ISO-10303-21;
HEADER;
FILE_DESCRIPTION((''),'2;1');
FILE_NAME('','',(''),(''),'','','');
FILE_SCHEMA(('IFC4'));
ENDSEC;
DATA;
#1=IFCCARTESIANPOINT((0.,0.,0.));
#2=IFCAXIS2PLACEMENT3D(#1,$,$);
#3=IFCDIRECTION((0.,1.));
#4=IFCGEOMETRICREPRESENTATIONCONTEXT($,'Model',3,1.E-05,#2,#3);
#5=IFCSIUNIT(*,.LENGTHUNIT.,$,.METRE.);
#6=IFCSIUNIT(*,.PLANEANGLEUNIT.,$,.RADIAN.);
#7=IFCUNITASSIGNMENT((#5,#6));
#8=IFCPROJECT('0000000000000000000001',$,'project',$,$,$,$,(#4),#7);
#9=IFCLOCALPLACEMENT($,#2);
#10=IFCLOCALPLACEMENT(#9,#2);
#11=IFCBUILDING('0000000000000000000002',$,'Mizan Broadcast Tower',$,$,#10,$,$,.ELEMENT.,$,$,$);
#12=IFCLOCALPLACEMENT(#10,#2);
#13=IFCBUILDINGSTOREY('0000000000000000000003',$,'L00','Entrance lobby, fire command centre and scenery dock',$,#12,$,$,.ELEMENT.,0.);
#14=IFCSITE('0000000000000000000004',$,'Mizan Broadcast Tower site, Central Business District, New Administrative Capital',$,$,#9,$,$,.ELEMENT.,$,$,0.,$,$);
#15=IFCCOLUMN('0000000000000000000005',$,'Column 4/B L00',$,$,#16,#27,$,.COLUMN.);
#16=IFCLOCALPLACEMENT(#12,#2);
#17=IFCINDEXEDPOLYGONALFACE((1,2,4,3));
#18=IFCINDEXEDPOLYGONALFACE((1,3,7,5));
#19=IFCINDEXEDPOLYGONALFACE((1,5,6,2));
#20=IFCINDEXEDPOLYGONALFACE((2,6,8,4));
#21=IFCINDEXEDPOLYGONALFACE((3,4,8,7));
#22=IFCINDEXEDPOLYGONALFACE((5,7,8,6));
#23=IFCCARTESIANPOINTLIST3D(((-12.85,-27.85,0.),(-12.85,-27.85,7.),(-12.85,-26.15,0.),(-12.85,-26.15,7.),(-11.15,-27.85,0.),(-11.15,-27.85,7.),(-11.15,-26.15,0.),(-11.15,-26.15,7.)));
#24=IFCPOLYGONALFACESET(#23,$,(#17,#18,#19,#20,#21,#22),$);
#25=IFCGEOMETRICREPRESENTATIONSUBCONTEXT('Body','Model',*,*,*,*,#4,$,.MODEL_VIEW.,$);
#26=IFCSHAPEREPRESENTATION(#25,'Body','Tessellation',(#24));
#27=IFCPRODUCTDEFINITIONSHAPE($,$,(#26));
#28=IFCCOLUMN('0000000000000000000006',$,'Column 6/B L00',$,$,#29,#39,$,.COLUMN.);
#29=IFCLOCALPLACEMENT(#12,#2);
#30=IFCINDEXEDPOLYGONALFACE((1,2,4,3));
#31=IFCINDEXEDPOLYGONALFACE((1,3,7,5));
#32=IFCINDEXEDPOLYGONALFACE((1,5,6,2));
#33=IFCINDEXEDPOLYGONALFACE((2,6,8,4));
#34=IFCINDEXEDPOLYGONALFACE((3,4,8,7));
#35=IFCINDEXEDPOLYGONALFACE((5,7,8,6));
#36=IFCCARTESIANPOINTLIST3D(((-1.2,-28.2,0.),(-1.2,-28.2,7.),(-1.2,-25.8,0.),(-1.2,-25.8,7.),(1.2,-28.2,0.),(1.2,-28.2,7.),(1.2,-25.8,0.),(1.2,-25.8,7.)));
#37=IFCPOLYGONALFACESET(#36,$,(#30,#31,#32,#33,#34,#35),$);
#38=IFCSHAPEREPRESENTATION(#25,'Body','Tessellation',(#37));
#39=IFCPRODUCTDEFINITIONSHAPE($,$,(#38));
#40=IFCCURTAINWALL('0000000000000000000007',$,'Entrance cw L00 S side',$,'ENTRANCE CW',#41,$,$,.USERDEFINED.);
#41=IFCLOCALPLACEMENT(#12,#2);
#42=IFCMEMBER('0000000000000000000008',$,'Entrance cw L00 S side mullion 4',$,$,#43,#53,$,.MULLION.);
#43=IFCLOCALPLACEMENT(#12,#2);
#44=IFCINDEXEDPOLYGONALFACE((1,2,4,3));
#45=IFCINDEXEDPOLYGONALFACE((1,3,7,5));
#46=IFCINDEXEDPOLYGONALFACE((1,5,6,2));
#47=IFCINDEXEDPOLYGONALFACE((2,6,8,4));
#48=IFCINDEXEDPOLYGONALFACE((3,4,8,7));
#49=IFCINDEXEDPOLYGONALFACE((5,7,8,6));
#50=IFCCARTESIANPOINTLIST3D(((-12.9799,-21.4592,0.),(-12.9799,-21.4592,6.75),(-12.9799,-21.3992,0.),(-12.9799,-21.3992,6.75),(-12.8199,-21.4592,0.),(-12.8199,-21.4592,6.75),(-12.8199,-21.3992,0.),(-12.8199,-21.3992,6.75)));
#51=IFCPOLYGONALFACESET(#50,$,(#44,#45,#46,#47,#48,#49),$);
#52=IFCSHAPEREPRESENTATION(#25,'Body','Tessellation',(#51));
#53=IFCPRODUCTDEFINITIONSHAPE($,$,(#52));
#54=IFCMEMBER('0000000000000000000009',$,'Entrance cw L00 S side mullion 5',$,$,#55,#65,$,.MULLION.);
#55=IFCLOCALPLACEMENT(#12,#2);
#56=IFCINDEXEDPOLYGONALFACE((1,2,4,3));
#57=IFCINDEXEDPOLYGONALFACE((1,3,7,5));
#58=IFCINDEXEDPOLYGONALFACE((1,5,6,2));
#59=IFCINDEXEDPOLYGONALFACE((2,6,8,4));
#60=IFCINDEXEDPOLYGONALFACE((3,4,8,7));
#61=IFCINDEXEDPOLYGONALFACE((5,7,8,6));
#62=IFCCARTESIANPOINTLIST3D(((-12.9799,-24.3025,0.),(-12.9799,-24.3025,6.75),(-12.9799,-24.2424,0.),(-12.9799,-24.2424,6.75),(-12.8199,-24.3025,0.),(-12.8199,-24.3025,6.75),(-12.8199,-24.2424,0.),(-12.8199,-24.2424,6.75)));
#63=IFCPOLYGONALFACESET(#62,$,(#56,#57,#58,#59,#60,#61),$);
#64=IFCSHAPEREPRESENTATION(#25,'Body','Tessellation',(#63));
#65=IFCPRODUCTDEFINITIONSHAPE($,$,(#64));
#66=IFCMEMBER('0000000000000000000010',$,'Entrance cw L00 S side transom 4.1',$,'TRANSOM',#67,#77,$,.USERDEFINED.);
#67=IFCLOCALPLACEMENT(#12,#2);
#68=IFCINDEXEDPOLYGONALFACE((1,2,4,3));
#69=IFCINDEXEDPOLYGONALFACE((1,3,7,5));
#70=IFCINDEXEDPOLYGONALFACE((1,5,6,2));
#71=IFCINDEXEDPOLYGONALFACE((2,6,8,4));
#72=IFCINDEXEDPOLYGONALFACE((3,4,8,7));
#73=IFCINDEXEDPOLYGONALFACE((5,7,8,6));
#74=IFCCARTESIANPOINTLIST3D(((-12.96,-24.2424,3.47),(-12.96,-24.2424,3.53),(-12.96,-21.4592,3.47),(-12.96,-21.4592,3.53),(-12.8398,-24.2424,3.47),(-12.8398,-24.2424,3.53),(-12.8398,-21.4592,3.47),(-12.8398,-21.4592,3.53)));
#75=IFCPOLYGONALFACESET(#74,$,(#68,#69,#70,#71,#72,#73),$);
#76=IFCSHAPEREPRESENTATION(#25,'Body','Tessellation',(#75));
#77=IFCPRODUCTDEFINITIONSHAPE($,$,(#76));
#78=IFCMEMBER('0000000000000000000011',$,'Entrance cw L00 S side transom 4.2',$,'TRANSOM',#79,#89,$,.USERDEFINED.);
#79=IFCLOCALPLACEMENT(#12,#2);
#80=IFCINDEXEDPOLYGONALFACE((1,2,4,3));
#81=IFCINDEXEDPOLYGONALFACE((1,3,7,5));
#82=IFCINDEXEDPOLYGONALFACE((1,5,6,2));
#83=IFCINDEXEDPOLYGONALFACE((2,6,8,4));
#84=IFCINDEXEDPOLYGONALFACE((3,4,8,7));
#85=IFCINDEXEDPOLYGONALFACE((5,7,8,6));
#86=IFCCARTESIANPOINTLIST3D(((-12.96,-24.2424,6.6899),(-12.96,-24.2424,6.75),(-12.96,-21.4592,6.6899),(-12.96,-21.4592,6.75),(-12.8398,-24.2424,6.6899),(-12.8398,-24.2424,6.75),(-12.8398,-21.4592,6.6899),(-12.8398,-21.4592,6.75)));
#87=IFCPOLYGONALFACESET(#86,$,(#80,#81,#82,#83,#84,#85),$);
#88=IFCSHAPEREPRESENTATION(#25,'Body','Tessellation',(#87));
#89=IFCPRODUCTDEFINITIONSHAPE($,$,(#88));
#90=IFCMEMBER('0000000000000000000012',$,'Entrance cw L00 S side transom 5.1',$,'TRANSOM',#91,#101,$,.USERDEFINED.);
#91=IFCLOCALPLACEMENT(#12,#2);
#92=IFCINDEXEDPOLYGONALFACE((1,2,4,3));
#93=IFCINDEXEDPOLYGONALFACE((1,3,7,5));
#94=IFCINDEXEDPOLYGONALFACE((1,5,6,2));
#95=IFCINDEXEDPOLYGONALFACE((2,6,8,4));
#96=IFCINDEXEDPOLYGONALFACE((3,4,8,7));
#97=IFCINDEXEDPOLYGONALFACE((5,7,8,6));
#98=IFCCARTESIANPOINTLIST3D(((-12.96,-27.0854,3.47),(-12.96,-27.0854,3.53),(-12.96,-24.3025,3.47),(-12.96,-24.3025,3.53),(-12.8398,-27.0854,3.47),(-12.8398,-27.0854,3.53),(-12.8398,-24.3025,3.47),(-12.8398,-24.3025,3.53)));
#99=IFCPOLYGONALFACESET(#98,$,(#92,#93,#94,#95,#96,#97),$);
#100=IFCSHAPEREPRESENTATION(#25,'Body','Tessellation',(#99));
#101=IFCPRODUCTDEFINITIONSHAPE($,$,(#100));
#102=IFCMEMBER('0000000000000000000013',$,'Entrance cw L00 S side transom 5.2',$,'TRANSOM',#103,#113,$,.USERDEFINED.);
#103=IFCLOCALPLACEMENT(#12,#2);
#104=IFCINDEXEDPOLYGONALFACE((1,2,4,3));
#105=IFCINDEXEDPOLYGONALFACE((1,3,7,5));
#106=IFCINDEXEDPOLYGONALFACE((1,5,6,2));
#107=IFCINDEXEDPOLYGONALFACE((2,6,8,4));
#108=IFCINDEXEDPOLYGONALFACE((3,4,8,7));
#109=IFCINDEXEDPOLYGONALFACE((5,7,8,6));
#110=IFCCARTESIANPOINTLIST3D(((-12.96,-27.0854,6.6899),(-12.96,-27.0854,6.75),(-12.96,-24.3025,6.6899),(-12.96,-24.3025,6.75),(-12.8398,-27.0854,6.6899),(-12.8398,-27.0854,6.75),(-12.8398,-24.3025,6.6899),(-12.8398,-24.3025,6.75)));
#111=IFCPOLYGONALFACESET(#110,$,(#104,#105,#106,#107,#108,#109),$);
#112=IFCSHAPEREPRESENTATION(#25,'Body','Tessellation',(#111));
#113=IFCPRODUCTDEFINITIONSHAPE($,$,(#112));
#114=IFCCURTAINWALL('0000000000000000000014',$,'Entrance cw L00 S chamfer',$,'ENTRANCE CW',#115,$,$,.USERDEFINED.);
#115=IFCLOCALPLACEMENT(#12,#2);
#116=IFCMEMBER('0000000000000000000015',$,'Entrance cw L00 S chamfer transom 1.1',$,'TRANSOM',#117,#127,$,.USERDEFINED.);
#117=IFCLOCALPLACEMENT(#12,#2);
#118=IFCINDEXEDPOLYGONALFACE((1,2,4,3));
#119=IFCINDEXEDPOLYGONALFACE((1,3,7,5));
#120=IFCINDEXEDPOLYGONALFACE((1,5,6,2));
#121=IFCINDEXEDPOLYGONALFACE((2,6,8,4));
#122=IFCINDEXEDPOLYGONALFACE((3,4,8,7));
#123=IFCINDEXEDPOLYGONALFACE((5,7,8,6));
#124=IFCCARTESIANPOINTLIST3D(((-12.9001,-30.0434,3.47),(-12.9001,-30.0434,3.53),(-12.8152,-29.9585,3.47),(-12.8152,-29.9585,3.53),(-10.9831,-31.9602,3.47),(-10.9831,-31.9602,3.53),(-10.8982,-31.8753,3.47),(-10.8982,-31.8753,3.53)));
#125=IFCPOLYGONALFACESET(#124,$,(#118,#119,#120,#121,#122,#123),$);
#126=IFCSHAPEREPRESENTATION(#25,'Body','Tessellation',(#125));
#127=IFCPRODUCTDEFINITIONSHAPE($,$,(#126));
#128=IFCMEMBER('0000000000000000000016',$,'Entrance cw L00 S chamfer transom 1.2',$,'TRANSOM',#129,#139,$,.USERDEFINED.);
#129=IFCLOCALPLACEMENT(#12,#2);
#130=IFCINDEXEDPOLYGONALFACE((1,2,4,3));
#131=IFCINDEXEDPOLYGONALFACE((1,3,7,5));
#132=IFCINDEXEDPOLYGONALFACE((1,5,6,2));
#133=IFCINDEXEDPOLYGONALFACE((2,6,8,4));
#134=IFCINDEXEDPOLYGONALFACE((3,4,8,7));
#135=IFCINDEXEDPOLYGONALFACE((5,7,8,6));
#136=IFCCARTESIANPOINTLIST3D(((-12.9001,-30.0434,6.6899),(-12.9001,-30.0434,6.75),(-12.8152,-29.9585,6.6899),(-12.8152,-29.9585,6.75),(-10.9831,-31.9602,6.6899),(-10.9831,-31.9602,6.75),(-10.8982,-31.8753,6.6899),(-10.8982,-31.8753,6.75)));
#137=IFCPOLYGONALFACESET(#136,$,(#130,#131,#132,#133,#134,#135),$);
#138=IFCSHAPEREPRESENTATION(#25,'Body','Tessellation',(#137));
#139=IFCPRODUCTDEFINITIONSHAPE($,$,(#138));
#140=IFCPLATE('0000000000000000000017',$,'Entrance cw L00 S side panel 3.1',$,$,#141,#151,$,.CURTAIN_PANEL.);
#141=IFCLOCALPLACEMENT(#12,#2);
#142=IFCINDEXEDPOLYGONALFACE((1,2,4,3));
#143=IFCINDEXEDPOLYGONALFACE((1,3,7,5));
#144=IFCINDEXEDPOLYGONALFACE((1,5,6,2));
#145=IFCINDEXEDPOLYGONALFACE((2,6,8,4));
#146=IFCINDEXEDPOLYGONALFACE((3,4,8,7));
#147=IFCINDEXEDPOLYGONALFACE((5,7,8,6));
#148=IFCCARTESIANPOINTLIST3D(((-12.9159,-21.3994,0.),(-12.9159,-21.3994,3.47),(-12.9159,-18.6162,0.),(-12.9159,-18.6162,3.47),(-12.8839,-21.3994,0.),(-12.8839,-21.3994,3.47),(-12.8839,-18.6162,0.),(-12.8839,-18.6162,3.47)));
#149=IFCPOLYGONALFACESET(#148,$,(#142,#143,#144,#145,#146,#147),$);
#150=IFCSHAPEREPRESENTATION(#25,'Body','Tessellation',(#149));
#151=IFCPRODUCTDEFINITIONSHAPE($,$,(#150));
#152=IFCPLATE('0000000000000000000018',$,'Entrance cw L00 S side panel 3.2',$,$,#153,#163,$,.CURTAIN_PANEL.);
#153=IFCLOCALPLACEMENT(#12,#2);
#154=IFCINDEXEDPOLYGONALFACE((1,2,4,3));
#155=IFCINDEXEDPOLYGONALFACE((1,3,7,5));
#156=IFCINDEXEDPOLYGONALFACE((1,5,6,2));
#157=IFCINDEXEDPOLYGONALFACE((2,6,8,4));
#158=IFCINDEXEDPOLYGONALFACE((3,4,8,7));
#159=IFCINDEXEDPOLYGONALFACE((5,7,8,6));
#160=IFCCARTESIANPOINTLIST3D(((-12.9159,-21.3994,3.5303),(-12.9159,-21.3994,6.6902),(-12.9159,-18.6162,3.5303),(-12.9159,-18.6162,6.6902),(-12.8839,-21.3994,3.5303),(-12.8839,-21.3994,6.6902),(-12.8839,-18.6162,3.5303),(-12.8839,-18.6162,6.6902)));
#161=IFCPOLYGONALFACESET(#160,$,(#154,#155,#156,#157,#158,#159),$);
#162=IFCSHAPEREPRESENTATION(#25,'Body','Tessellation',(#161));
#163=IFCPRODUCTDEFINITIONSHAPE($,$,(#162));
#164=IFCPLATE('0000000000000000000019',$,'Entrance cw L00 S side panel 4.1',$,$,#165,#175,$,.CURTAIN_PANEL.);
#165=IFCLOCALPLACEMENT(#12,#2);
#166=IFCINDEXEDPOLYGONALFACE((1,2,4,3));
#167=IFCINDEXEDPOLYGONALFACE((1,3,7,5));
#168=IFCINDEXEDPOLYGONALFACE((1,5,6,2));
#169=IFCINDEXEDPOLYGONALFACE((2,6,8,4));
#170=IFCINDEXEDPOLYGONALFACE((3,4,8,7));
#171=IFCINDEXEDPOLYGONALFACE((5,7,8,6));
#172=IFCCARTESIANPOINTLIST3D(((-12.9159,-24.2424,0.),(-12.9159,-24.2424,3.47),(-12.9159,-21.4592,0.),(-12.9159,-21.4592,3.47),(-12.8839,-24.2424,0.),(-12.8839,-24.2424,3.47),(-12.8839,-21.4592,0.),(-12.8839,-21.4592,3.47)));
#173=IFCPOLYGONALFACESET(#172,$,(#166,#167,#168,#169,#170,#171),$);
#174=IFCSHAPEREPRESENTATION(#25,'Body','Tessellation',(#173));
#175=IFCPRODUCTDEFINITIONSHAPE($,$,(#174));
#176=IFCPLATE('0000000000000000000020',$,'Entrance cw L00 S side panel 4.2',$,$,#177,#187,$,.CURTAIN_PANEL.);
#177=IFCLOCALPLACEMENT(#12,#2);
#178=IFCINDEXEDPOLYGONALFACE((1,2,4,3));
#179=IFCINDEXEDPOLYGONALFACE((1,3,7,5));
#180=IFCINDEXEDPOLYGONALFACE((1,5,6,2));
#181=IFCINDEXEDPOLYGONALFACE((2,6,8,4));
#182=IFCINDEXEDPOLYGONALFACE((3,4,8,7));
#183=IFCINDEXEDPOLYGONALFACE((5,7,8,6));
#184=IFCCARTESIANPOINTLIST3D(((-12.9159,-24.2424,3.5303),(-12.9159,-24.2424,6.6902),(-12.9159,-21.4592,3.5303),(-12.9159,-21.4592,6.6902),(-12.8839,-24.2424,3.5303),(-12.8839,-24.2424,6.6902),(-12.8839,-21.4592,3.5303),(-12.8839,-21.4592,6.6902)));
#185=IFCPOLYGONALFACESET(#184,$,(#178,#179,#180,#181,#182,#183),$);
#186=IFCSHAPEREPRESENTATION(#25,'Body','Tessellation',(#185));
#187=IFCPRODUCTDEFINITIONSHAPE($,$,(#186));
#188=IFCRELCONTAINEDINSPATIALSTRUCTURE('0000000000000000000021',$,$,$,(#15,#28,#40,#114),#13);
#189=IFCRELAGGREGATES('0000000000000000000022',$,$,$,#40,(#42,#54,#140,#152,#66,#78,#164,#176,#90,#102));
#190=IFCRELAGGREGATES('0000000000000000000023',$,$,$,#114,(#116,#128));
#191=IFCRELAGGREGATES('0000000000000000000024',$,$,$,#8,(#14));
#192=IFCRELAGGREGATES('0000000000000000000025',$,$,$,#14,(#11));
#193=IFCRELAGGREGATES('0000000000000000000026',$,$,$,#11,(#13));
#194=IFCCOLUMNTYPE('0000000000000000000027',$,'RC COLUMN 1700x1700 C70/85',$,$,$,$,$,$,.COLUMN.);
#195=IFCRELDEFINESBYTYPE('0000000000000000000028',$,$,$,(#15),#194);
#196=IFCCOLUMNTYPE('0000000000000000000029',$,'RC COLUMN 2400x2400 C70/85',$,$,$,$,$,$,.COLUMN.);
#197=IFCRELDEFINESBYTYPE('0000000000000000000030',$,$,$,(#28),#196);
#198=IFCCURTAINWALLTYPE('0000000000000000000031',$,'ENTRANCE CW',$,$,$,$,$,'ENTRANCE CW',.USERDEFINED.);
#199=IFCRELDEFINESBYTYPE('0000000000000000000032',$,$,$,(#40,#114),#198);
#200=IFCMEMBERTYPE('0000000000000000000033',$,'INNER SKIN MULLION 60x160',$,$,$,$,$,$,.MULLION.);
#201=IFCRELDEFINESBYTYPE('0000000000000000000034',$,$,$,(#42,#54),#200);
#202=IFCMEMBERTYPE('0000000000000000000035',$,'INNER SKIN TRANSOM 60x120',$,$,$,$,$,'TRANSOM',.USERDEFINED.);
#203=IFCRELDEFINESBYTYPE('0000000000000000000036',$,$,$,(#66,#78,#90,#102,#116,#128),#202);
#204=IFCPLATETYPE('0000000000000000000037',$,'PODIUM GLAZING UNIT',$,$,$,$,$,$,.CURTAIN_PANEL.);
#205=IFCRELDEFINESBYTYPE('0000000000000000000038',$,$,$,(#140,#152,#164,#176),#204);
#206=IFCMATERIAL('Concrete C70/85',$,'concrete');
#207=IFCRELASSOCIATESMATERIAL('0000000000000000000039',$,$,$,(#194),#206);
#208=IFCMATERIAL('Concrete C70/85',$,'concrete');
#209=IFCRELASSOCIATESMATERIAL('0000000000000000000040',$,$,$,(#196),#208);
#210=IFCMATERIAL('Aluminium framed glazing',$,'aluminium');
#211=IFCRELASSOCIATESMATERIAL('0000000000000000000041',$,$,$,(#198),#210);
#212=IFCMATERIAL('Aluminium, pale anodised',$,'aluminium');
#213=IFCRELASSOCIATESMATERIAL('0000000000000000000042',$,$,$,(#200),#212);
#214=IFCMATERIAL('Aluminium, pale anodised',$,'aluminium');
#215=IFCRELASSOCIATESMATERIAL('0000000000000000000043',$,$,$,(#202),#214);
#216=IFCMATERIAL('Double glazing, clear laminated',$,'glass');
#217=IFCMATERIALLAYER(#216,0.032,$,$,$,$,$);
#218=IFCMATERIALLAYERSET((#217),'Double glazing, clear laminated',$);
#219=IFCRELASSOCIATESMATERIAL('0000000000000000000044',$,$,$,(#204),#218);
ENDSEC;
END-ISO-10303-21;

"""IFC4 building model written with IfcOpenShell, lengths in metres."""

from ifc_helpers import new_model, si_unit, direction, frame, origin, origin_2d, place, context, subcontext, project, spatial, rectangle, extrude, material, layer, layer_set, material_profile, profile_set, type_object, element, aggregate, save


model = new_model("IFC4")

# Units and contexts
model_context = context("Model", 3, precision=1e-05, world=origin(), true_north=direction((0.0, 1.0)))
body_context = subcontext(model_context, "Body", "Model", "MODEL_VIEW")
ifc_project = project(units=[si_unit("LENGTHUNIT", "METRE"), si_unit("PLANEANGLEUNIT", "RADIAN")], contexts=[model_context])

# Site, building, storey
site_placement = place(None, origin())
site = spatial("IfcSite", under=ifc_project, at=site_placement, Name="Mizan Broadcast Tower site, Central Business District, New Administrative Capital", CompositionType="ELEMENT", RefElevation=0.0)
building_placement = place(site_placement, origin())
building = spatial("IfcBuilding", under=site, at=building_placement, Name="Mizan Broadcast Tower", CompositionType="ELEMENT")
storey_placement = place(building_placement, origin())
storey = spatial("IfcBuildingStorey", under=building, at=storey_placement, Name="L00", Description="Entrance lobby, fire command centre and scenery dock", CompositionType="ELEMENT", Elevation=0.0)

# Columns
ifc_material_1 = material(Name="Concrete C70/85", Category="concrete")
ifc_material_profile_1 = material_profile(ifc_material_1, rectangle(XDim=1.7, YDim=1.7, at=origin_2d()), Name="RC 1700x1700")
ifc_profile_set_1 = profile_set([ifc_material_profile_1], Name="Concrete C70/85")
column_type_1 = type_object("IfcColumnType", Name="RC COLUMN 1700x1700 C70/85", PredefinedType="COLUMN", material=ifc_profile_set_1)
column_1_placement = place(storey_placement, frame((-12.0, -27.0, 0.0), z_axis=(0.0, 0.0, 1.0), x_axis=(1.0, 0.0, 0.0)))
element("IfcColumn", 1, at=column_1_placement, inside=storey, type_object=column_type_1, Name="Column 4/B L00", PredefinedType="COLUMN", context=body_context, shape_type="SweptSolid", body=[
    extrude(rectangle(XDim=1.7, YDim=1.7, at=origin_2d()), origin(), (0.0, 0.0, 1.0), 7.0),
])
ifc_material_2 = material(Name="Concrete C70/85", Category="concrete")
ifc_material_profile_2 = material_profile(ifc_material_2, rectangle(XDim=2.3999, YDim=2.3999, at=origin_2d()), Name="RC 2400x2400")
ifc_profile_set_2 = profile_set([ifc_material_profile_2], Name="Concrete C70/85")
column_type_2 = type_object("IfcColumnType", Name="RC COLUMN 2400x2400 C70/85", PredefinedType="COLUMN", material=ifc_profile_set_2)
column_2_placement = place(storey_placement, frame((0.0, -27.0, 0.0), z_axis=(0.0, 0.0, 1.0), x_axis=(1.0, 0.0, 0.0)))
element("IfcColumn", 2, at=column_2_placement, inside=storey, type_object=column_type_2, Name="Column 6/B L00", PredefinedType="COLUMN", context=body_context, shape_type="SweptSolid", body=[
    extrude(rectangle(XDim=2.3999, YDim=2.3999, at=origin_2d()), origin(), (0.0, 0.0, 1.0), 7.0),
])

# Curtain walls, members
ifc_material_3 = material(Name="Aluminium framed glazing", Category="aluminium")
curtain_wall_type = type_object("IfcCurtainWallType", Name="ENTRANCE CW", ElementType="ENTRANCE CW", PredefinedType="USERDEFINED", material=ifc_material_3)
curtain_wall_1_placement = place(storey_placement, origin())
curtain_wall_1 = element("IfcCurtainWall", 3, at=curtain_wall_1_placement, inside=storey, type_object=curtain_wall_type, Name="Entrance cw L00 S side", ObjectType="ENTRANCE CW", PredefinedType="USERDEFINED")
ifc_material_4 = material(Name="Aluminium, pale anodised", Category="aluminium")
ifc_material_profile_3 = material_profile(ifc_material_4, rectangle(XDim=0.1599, YDim=0.0601, at=origin_2d()), Name="MULLION 160x60")
ifc_profile_set_3 = profile_set([ifc_material_profile_3], Name="Aluminium, pale anodised")
member_type_1 = type_object("IfcMemberType", Name="INNER SKIN MULLION 60x160", PredefinedType="MULLION", material=ifc_profile_set_3)
member_1_placement = place(storey_placement, frame((-12.8999, -21.4292, 0.0), z_axis=(0.0, 0.0, 1.0), x_axis=(1.0, 0.0, 0.0)))
member_1 = element("IfcMember", 4, at=member_1_placement, type_object=member_type_1, Name="Entrance cw L00 S side mullion 4", PredefinedType="MULLION", context=body_context, shape_type="SweptSolid", body=[
    extrude(rectangle(XDim=0.1599, YDim=0.0601, at=origin_2d()), origin(), (0.0, 0.0, 1.0), 6.75),
])
member_2_placement = place(storey_placement, frame((-12.8999, -24.2725, 0.0), z_axis=(0.0, 0.0, 1.0), x_axis=(1.0, 0.0, 0.0)))
member_2 = element("IfcMember", 5, at=member_2_placement, type_object=member_type_1, Name="Entrance cw L00 S side mullion 5", PredefinedType="MULLION", context=body_context, shape_type="SweptSolid", body=[
    extrude(rectangle(XDim=0.1599, YDim=0.0601, at=origin_2d()), origin(), (0.0, 0.0, 1.0), 6.75),
])
ifc_material_5 = material(Name="Aluminium, pale anodised", Category="aluminium")
ifc_material_profile_4 = material_profile(ifc_material_5, rectangle(XDim=0.1201, YDim=0.0601, at=origin_2d()), Name="TRANSOM 120x60")
ifc_profile_set_4 = profile_set([ifc_material_profile_4], Name="Aluminium, pale anodised")
member_type_2 = type_object("IfcMemberType", Name="INNER SKIN TRANSOM 60x120", ElementType="TRANSOM", PredefinedType="USERDEFINED", material=ifc_profile_set_4)
member_3_placement = place(storey_placement, frame((-12.8999, -21.4592, 3.5), z_axis=(0.0, -1.0, 0.0), x_axis=(1.0, 0.0, 0.0)))
member_3 = element("IfcMember", 6, at=member_3_placement, type_object=member_type_2, Name="Entrance cw L00 S side transom 4.1", ObjectType="TRANSOM", PredefinedType="USERDEFINED", context=body_context, shape_type="SweptSolid", body=[
    extrude(rectangle(XDim=0.1201, YDim=0.0601, at=origin_2d()), origin(), (0.0, 0.0, 1.0), 2.7832),
])
member_4_placement = place(storey_placement, frame((-12.8999, -21.4592, 6.72), z_axis=(0.0, -1.0, 0.0), x_axis=(1.0, 0.0, 0.0)))
member_4 = element("IfcMember", 7, at=member_4_placement, type_object=member_type_2, Name="Entrance cw L00 S side transom 4.2", ObjectType="TRANSOM", PredefinedType="USERDEFINED", context=body_context, shape_type="SweptSolid", body=[
    extrude(rectangle(XDim=0.1201, YDim=0.0601, at=origin_2d()), origin(), (0.0, 0.0, 1.0), 2.7832),
])
member_5_placement = place(storey_placement, frame((-12.8999, -24.3025, 3.5), z_axis=(0.0, -1.0, 0.0), x_axis=(1.0, 0.0, 0.0)))
member_5 = element("IfcMember", 8, at=member_5_placement, type_object=member_type_2, Name="Entrance cw L00 S side transom 5.1", ObjectType="TRANSOM", PredefinedType="USERDEFINED", context=body_context, shape_type="SweptSolid", body=[
    extrude(rectangle(XDim=0.1201, YDim=0.0601, at=origin_2d()), origin(), (0.0, 0.0, 1.0), 2.783),
])
member_6_placement = place(storey_placement, frame((-12.8999, -24.3025, 6.72), z_axis=(0.0, -1.0, 0.0), x_axis=(1.0, 0.0, 0.0)))
member_6 = element("IfcMember", 9, at=member_6_placement, type_object=member_type_2, Name="Entrance cw L00 S side transom 5.2", ObjectType="TRANSOM", PredefinedType="USERDEFINED", context=body_context, shape_type="SweptSolid", body=[
    extrude(rectangle(XDim=0.1201, YDim=0.0601, at=origin_2d()), origin(), (0.0, 0.0, 1.0), 2.783),
])
curtain_wall_2_placement = place(storey_placement, origin())
curtain_wall_2 = element("IfcCurtainWall", 10, at=curtain_wall_2_placement, inside=storey, type_object=curtain_wall_type, Name="Entrance cw L00 S chamfer", ObjectType="ENTRANCE CW", PredefinedType="USERDEFINED")
member_7_placement = place(storey_placement, frame((-12.8577, -30.001, 3.5), z_axis=(0.707152, -0.707062, 0.0), x_axis=(0.707062, 0.707152, 0.0)))
member_7 = element("IfcMember", 11, at=member_7_placement, type_object=member_type_2, Name="Entrance cw L00 S chamfer transom 1.1", ObjectType="TRANSOM", PredefinedType="USERDEFINED", context=body_context, shape_type="SweptSolid", body=[
    extrude(rectangle(XDim=0.1201, YDim=0.0601, at=origin_2d()), origin(), (0.0, 0.0, 1.0), 2.7109),
])
member_8_placement = place(storey_placement, frame((-12.8577, -30.001, 6.72), z_axis=(0.707152, -0.707062, 0.0), x_axis=(0.707062, 0.707152, 0.0)))
member_8 = element("IfcMember", 12, at=member_8_placement, type_object=member_type_2, Name="Entrance cw L00 S chamfer transom 1.2", ObjectType="TRANSOM", PredefinedType="USERDEFINED", context=body_context, shape_type="SweptSolid", body=[
    extrude(rectangle(XDim=0.1201, YDim=0.0601, at=origin_2d()), origin(), (0.0, 0.0, 1.0), 2.7109),
])

# Plates
ifc_material_6 = material(Name="Double glazing, clear laminated", Category="glass")
ifc_layer_1 = layer(ifc_material_6, 0.032)
ifc_layer_set_1 = layer_set([ifc_layer_1], Name="Double glazing, clear laminated")
plate_type = type_object("IfcPlateType", Name="PODIUM GLAZING UNIT", PredefinedType="CURTAIN_PANEL", material=ifc_layer_set_1)
plate_1_placement = place(storey_placement, frame((-12.8999, -20.0078, 0.0), z_axis=(0.0, 0.0, 1.0), x_axis=(0.0, -1.0, 0.0)))
plate_1 = element("IfcPlate", 13, at=plate_1_placement, type_object=plate_type, Name="Entrance cw L00 S side panel 3.1", PredefinedType="CURTAIN_PANEL", context=body_context, shape_type="SweptSolid", body=[
    extrude(rectangle(XDim=2.7832, YDim=0.032, at=origin_2d()), origin(), (0.0, 0.0, 1.0), 3.47),
])
plate_2_placement = place(storey_placement, frame((-12.8999, -20.0078, 3.5303), z_axis=(0.0, 0.0, 1.0), x_axis=(0.0, -1.0, 0.0)))
plate_2 = element("IfcPlate", 14, at=plate_2_placement, type_object=plate_type, Name="Entrance cw L00 S side panel 3.2", PredefinedType="CURTAIN_PANEL", context=body_context, shape_type="SweptSolid", body=[
    extrude(rectangle(XDim=2.7832, YDim=0.032, at=origin_2d()), origin(), (0.0, 0.0, 1.0), 3.1599),
])
plate_3_placement = place(storey_placement, frame((-12.8999, -22.8508, 0.0), z_axis=(0.0, 0.0, 1.0), x_axis=(0.0, -1.0, 0.0)))
plate_3 = element("IfcPlate", 15, at=plate_3_placement, type_object=plate_type, Name="Entrance cw L00 S side panel 4.1", PredefinedType="CURTAIN_PANEL", context=body_context, shape_type="SweptSolid", body=[
    extrude(rectangle(XDim=2.7832, YDim=0.032, at=origin_2d()), origin(), (0.0, 0.0, 1.0), 3.47),
])
plate_4_placement = place(storey_placement, frame((-12.8999, -22.8508, 3.5303), z_axis=(0.0, 0.0, 1.0), x_axis=(0.0, -1.0, 0.0)))
plate_4 = element("IfcPlate", 16, at=plate_4_placement, type_object=plate_type, Name="Entrance cw L00 S side panel 4.2", PredefinedType="CURTAIN_PANEL", context=body_context, shape_type="SweptSolid", body=[
    extrude(rectangle(XDim=2.7832, YDim=0.032, at=origin_2d()), origin(), (0.0, 0.0, 1.0), 3.1599),
])
aggregate(curtain_wall_1, [member_1, member_2, plate_1, plate_2, member_3, member_4, plate_3, plate_4, member_5, member_6])
aggregate(curtain_wall_2, [member_7, member_8])

save(model, "model.ifc")
